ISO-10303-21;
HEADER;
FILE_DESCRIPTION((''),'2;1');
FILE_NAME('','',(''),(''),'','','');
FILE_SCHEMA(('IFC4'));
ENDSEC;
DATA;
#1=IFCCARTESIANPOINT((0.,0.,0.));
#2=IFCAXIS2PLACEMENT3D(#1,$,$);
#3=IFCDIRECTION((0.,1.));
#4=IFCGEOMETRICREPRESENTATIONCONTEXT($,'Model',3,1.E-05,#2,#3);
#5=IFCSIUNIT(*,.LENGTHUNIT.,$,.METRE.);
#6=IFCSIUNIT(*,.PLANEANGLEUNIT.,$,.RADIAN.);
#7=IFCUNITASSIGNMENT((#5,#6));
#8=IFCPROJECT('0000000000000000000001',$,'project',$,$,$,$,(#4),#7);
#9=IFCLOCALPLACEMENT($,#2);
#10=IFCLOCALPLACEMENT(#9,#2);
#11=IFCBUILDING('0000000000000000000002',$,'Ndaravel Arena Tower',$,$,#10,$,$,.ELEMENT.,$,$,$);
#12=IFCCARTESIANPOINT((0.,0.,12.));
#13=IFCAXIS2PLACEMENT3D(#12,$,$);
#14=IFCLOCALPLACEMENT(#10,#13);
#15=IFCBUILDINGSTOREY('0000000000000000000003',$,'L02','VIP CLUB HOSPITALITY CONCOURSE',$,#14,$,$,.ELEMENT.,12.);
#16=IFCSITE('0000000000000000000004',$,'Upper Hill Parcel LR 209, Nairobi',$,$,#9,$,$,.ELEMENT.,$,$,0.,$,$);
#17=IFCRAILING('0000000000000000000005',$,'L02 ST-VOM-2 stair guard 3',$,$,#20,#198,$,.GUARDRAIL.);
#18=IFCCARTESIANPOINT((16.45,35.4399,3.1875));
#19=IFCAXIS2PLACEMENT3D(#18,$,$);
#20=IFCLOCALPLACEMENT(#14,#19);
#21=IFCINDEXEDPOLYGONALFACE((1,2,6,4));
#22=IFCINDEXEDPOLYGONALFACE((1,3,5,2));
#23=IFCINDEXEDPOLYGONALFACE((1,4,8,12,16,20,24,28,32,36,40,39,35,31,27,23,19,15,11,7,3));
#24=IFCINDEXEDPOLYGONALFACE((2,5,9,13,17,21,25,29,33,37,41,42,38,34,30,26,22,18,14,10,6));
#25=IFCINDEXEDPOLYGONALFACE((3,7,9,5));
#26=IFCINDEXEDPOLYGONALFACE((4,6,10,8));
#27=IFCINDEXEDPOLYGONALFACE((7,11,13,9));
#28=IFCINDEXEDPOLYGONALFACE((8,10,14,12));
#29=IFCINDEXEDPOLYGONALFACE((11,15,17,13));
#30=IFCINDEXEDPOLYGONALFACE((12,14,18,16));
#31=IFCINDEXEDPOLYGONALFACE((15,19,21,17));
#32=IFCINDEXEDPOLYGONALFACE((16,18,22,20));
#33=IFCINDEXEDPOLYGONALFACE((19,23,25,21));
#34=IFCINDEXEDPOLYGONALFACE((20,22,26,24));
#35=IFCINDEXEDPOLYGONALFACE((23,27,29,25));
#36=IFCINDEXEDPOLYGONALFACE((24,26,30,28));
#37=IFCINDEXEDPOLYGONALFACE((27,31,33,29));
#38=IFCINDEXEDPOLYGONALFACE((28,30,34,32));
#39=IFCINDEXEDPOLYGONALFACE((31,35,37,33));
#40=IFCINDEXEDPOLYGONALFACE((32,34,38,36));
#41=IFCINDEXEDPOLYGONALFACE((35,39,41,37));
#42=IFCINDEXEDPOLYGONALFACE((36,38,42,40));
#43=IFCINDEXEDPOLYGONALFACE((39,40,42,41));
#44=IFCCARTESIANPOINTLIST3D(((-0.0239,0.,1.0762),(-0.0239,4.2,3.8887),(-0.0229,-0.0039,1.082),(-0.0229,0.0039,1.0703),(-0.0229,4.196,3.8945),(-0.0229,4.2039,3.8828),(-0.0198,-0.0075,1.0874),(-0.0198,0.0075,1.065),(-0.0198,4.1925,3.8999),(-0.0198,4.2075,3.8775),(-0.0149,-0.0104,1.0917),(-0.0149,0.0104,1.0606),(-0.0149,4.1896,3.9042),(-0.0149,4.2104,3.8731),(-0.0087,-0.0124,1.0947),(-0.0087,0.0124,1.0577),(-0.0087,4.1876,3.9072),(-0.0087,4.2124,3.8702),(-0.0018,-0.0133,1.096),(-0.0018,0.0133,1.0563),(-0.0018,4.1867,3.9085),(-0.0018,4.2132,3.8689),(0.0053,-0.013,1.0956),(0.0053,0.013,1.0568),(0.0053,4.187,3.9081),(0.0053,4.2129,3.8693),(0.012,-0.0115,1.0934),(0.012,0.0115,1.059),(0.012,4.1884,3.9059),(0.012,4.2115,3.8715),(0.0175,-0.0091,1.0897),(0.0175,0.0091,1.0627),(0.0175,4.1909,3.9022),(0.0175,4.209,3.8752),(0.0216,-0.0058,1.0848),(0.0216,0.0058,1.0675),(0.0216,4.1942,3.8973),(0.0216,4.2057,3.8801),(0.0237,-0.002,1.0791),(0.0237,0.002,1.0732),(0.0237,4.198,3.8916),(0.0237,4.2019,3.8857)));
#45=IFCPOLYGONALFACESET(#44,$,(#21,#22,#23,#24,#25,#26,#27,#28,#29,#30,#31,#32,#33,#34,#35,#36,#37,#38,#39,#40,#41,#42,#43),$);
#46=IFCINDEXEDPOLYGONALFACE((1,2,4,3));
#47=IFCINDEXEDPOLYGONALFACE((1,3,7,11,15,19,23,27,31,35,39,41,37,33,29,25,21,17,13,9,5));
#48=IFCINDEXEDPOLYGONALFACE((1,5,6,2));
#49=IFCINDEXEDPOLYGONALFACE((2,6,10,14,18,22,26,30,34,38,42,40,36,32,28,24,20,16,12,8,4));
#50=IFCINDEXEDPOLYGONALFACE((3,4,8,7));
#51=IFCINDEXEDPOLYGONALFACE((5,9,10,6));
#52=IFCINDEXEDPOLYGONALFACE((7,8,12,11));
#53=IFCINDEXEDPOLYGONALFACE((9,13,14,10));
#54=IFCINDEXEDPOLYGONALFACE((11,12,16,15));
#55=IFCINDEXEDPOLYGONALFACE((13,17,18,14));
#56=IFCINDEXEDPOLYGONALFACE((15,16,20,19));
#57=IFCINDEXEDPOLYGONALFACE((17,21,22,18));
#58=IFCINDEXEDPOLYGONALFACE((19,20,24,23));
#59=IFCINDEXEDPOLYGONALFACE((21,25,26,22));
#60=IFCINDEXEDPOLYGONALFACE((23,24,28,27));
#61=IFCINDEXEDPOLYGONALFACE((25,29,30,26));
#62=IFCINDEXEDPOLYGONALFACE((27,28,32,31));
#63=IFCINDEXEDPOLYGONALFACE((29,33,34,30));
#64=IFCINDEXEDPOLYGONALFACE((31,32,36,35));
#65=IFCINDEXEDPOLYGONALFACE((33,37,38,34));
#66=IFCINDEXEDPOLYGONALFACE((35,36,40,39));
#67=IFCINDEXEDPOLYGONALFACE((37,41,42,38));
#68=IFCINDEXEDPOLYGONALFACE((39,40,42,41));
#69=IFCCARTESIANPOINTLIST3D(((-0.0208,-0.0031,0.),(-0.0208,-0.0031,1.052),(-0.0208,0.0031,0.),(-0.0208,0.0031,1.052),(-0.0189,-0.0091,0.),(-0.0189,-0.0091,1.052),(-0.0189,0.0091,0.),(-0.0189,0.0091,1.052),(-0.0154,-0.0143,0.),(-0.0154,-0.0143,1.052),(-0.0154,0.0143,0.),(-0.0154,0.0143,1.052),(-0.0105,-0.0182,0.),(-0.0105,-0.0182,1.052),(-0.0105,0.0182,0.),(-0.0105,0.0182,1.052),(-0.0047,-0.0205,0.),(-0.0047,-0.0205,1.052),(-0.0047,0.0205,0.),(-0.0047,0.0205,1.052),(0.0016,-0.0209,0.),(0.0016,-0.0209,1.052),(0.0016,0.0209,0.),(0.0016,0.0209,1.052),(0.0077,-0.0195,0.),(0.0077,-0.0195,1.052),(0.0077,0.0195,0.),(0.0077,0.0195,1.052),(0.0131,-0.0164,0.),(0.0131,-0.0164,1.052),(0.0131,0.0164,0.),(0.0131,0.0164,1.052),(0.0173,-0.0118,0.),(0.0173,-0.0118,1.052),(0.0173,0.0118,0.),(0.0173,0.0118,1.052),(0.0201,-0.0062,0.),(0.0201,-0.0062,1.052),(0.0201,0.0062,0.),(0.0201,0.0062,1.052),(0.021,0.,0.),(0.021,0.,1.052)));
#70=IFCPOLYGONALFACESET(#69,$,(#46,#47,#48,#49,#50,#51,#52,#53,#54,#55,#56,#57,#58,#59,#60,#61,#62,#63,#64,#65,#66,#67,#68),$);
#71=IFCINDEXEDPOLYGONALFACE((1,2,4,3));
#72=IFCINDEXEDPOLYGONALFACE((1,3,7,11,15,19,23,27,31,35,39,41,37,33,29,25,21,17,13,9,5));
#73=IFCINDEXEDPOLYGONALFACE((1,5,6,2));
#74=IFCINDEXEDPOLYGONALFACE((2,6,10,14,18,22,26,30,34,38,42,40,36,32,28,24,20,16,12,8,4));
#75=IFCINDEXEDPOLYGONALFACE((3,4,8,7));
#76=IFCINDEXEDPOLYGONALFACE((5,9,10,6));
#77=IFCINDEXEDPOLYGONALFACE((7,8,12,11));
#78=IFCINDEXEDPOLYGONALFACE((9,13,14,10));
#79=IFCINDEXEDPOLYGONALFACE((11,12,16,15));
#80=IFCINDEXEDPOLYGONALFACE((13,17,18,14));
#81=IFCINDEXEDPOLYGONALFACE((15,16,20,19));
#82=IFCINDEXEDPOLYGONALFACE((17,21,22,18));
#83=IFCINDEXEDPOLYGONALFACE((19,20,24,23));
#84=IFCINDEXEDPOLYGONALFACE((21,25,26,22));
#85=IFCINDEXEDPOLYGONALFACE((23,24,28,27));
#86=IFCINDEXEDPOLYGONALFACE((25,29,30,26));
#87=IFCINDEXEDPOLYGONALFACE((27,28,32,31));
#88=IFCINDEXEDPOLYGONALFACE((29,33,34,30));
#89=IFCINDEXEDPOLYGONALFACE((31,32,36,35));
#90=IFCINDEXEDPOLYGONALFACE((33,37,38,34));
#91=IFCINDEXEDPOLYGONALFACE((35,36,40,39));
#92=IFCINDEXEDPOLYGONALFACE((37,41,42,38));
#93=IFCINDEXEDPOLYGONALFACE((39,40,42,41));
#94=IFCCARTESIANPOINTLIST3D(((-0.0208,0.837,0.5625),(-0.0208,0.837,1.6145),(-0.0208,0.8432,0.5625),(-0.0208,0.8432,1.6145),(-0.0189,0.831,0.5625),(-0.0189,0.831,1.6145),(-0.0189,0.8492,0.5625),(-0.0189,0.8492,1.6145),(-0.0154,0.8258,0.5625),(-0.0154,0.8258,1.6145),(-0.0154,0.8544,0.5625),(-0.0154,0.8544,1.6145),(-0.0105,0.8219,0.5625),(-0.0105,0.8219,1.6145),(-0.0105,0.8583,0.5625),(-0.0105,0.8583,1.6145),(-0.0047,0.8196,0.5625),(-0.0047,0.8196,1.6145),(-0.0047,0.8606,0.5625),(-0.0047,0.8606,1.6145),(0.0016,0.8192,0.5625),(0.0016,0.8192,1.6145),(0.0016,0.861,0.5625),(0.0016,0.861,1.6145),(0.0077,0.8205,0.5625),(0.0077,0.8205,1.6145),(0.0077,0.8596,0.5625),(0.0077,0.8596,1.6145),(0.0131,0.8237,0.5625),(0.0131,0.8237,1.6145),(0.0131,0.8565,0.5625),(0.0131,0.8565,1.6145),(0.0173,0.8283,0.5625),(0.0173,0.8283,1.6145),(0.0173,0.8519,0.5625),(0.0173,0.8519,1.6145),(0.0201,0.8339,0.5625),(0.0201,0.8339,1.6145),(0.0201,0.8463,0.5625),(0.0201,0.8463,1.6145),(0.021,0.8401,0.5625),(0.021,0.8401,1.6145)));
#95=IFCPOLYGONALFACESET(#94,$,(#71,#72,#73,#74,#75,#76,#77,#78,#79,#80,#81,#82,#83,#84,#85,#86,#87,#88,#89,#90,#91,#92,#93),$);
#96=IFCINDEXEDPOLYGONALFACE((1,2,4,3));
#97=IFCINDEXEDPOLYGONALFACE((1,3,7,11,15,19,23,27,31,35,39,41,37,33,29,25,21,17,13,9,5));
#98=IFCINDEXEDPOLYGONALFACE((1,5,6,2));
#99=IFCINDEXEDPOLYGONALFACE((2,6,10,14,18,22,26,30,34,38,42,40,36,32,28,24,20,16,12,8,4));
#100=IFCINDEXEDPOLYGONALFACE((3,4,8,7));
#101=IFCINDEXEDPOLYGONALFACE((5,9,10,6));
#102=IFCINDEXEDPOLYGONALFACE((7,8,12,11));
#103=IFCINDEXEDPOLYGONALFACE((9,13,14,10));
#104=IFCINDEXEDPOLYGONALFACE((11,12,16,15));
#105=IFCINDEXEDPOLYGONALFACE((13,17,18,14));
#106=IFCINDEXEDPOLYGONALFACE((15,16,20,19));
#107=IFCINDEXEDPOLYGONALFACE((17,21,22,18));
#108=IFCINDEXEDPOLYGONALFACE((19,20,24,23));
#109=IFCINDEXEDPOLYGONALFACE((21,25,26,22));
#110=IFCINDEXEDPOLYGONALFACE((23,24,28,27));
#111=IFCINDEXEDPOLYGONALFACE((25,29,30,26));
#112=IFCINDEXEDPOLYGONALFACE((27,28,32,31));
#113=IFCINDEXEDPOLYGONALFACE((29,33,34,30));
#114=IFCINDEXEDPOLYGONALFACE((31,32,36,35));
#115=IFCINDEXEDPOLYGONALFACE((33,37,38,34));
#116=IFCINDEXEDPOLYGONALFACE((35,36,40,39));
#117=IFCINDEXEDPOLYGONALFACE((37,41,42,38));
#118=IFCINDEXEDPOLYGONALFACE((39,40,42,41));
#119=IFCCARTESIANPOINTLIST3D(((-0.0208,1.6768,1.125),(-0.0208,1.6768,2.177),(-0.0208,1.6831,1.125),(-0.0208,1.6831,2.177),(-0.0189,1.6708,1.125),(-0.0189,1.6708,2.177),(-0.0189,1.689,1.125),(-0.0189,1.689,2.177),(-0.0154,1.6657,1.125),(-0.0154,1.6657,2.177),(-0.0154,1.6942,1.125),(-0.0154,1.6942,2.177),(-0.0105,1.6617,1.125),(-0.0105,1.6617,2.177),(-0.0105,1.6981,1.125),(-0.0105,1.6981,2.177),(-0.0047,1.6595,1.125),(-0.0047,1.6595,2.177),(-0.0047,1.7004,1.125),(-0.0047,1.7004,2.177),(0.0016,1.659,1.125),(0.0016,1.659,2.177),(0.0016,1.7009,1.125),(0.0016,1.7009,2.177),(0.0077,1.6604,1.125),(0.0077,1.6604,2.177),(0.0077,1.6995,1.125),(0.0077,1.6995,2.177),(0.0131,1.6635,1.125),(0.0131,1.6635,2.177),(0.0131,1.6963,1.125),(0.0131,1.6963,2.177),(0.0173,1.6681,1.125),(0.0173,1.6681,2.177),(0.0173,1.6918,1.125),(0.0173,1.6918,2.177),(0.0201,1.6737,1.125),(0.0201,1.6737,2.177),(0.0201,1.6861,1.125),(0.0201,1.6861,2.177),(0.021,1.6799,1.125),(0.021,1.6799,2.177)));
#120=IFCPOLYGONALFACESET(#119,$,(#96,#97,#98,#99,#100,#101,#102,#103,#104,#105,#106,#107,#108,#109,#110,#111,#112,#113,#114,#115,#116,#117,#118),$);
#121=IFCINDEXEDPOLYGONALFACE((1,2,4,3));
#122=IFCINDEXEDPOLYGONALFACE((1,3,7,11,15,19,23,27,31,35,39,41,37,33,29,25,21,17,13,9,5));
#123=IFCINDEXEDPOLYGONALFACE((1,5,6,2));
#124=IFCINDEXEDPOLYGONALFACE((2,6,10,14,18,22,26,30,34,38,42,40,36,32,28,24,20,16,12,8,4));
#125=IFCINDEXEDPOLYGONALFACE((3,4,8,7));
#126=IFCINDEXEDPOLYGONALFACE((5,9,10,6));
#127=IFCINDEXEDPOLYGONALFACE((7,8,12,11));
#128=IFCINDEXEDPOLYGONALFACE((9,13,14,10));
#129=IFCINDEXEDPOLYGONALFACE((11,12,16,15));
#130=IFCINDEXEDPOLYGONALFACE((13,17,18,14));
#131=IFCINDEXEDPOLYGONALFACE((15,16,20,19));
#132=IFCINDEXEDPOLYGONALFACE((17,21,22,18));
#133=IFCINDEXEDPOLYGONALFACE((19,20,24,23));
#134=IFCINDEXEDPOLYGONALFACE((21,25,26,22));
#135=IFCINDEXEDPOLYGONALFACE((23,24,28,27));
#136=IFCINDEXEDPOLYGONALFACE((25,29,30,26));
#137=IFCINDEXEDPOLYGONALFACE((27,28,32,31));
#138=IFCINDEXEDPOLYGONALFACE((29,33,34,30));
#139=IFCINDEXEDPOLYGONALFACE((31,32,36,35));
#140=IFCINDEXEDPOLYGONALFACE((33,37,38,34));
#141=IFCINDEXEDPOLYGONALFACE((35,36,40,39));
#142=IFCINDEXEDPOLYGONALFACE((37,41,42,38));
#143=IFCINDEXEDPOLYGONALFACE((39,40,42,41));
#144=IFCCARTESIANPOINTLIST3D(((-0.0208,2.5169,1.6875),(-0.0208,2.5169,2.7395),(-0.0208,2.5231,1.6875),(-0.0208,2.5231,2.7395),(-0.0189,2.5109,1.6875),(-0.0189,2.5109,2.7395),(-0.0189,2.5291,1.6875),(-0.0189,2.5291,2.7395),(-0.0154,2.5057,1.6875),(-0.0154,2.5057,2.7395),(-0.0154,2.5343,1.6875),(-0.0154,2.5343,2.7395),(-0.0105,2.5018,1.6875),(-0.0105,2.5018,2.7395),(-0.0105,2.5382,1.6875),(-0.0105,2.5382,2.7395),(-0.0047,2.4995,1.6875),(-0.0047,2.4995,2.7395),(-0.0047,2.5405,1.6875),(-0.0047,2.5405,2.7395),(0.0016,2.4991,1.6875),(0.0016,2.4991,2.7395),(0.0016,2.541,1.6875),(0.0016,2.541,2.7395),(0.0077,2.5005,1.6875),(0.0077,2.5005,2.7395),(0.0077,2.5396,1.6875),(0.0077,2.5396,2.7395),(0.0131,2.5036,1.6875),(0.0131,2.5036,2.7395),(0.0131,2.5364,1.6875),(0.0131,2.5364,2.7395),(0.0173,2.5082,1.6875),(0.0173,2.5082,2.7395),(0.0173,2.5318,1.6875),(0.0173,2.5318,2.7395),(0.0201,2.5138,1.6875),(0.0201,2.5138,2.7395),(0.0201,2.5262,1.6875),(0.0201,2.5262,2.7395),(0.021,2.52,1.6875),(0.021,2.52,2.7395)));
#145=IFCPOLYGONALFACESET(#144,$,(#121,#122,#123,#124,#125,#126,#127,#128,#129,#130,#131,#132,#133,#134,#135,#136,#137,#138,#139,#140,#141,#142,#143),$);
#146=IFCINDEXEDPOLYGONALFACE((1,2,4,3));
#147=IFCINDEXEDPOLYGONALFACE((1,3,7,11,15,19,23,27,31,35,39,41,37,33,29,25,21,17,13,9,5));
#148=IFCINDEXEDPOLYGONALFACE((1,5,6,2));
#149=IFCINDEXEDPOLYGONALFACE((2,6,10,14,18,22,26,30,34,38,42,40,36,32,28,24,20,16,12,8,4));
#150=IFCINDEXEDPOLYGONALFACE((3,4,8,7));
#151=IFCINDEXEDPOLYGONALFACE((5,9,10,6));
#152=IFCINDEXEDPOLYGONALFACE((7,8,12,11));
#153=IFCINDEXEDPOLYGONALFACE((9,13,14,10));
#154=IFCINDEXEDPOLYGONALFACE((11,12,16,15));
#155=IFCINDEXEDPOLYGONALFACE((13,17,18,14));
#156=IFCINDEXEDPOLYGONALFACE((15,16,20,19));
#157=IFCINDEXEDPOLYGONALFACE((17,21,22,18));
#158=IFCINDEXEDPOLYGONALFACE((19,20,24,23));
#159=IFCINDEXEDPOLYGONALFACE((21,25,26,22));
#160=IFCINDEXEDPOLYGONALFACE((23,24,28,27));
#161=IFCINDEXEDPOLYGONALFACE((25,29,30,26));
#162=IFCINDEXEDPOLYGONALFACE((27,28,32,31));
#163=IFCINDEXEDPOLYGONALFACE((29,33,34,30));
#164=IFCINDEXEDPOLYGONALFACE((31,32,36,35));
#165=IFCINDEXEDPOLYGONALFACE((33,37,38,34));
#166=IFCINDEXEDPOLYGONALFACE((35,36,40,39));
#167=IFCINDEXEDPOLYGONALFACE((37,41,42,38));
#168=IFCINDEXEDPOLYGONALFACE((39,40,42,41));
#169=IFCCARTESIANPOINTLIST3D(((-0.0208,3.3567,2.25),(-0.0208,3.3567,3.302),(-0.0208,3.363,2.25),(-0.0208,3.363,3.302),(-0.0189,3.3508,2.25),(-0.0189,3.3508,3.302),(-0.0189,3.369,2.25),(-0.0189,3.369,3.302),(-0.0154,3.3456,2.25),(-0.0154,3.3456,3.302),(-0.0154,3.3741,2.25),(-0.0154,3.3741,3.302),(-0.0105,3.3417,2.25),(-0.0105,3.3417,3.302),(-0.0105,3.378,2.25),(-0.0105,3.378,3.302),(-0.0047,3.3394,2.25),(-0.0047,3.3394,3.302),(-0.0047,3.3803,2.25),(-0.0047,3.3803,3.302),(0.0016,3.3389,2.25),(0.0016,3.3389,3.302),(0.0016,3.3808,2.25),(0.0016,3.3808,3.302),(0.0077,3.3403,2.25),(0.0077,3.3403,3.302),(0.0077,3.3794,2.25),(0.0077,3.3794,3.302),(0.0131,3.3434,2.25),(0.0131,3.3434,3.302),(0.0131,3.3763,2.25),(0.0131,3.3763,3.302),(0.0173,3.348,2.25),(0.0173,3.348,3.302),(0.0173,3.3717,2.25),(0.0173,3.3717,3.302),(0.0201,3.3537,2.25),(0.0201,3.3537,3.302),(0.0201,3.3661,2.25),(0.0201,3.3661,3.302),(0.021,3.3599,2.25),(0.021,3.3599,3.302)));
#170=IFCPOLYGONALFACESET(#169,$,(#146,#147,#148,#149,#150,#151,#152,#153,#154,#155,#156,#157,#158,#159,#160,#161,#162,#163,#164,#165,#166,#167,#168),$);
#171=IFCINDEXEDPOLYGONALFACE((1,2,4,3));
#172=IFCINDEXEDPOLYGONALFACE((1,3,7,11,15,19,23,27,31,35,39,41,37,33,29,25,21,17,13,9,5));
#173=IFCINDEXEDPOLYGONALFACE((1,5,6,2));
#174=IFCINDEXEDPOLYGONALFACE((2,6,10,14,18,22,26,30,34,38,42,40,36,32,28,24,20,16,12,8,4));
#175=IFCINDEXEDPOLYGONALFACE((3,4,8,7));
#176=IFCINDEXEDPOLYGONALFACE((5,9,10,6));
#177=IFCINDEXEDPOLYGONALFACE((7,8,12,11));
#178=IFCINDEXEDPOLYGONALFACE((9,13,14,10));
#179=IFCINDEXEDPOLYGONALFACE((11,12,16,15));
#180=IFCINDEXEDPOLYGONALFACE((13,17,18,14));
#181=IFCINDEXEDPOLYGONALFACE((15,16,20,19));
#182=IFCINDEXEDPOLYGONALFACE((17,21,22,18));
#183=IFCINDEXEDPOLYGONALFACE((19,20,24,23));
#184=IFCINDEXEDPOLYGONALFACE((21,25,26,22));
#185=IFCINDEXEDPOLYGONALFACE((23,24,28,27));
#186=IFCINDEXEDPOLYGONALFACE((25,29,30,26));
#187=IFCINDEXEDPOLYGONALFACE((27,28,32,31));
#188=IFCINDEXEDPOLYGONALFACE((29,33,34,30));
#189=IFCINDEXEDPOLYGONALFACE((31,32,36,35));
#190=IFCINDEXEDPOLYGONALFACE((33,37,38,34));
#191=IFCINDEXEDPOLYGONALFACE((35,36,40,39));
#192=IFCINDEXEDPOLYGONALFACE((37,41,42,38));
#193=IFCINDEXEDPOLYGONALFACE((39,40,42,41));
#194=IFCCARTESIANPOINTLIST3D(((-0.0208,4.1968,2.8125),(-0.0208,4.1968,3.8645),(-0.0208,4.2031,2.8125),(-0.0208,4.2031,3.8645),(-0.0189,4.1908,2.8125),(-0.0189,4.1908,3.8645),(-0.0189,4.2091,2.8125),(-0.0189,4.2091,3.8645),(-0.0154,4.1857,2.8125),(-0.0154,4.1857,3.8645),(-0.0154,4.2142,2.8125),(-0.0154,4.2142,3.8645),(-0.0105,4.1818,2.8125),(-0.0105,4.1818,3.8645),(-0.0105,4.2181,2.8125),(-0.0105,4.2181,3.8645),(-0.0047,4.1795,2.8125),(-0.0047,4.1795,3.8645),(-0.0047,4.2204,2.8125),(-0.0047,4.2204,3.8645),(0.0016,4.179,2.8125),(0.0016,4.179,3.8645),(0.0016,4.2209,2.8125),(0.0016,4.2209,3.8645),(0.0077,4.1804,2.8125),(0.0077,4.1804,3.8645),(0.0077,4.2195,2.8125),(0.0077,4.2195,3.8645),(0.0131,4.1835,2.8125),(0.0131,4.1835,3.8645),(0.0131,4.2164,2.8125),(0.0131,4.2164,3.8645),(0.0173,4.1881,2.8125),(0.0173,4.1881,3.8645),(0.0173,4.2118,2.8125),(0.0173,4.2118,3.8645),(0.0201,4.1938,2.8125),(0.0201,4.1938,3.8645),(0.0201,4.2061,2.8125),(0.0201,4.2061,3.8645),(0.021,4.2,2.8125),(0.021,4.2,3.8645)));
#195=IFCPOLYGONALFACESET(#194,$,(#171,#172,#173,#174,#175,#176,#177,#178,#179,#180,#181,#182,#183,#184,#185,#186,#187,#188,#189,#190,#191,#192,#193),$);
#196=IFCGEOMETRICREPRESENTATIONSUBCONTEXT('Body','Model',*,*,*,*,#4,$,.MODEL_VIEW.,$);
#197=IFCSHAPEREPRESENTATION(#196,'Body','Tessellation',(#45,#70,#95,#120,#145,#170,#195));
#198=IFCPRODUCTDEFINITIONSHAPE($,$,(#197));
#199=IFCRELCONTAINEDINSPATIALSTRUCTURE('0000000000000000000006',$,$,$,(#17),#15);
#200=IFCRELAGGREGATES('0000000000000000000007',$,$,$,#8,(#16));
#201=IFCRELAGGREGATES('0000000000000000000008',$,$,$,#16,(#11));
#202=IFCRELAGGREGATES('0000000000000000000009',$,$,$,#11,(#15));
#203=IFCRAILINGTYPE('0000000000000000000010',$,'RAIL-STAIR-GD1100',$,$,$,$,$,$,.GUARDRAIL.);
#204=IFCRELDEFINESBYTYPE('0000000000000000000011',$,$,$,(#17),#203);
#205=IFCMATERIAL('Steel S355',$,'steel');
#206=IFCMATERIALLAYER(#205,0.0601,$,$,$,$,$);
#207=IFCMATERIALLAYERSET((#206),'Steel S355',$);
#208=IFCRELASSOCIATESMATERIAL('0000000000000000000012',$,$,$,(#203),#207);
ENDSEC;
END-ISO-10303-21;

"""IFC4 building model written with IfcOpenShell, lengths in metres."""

from ifc_helpers import new_model, si_unit, direction, frame, origin, origin_2d, place, context, subcontext, project, spatial, circle, extrude, material, layer, layer_set, type_object, element, save


model = new_model("IFC4")

# Units and contexts
model_context = context("Model", 3, precision=1e-05, world=origin(), true_north=direction((0.0, 1.0)))
body_context = subcontext(model_context, "Body", "Model", "MODEL_VIEW")
ifc_project = project(units=[si_unit("LENGTHUNIT", "METRE"), si_unit("PLANEANGLEUNIT", "RADIAN")], contexts=[model_context])

# Site, building, storey
site_placement = place(None, origin())
site = spatial("IfcSite", under=ifc_project, at=site_placement, Name="Upper Hill Parcel LR 209, Nairobi", CompositionType="ELEMENT", RefElevation=0.0)
building_placement = place(site_placement, origin())
building = spatial("IfcBuilding", under=site, at=building_placement, Name="Ndaravel Arena Tower", CompositionType="ELEMENT")
storey_placement = place(building_placement, frame((0.0, 0.0, 12.0)))
storey = spatial("IfcBuildingStorey", under=building, at=storey_placement, Name="L02", Description="VIP CLUB HOSPITALITY CONCOURSE", CompositionType="ELEMENT", Elevation=12.0)

# Railing
ifc_material_1 = material(Name="Steel S355", Category="steel")
ifc_layer_1 = layer(ifc_material_1, 0.0601)
ifc_layer_set_1 = layer_set([ifc_layer_1], Name="Steel S355")
railing_type_1 = type_object("IfcRailingType", Name="RAIL-STAIR-GD1100", PredefinedType="GUARDRAIL", material=ifc_layer_set_1)
railing_1_placement = place(storey_placement, frame((16.45, 35.4399, 3.1875)))
element("IfcRailing", 1, at=railing_1_placement, inside=storey, type_object=railing_type_1, Name="L02 ST-VOM-2 stair guard 3", PredefinedType="GUARDRAIL", context=body_context, shape_type="SweptSolid", body=[
    extrude(circle(Radius=0.0239, at=origin_2d()), frame((0.0, 0.0, 1.0762), z_axis=(0.0, 0.830904, 0.556416), x_axis=(-1.0, 0.0, 0.0)), (0.0, 0.0, 1.0), 5.0547),
    extrude(circle(Radius=0.021, at=origin_2d()), origin(), (0.0, 0.0, 1.0), 1.052),
    extrude(circle(Radius=0.021, at=origin_2d()), frame((0.0, 0.8401, 0.5625)), (0.0, 0.0, 1.0), 1.052),
    extrude(circle(Radius=0.021, at=origin_2d()), frame((0.0, 1.6799, 1.125)), (0.0, 0.0, 1.0), 1.052),
    extrude(circle(Radius=0.021, at=origin_2d()), frame((0.0, 2.52, 1.6875)), (0.0, 0.0, 1.0), 1.052),
    extrude(circle(Radius=0.021, at=origin_2d()), frame((0.0, 3.3599, 2.25)), (0.0, 0.0, 1.0), 1.052),
    extrude(circle(Radius=0.021, at=origin_2d()), frame((0.0, 4.2, 2.8125)), (0.0, 0.0, 1.0), 1.052),
])

save(model, "model.ifc")
